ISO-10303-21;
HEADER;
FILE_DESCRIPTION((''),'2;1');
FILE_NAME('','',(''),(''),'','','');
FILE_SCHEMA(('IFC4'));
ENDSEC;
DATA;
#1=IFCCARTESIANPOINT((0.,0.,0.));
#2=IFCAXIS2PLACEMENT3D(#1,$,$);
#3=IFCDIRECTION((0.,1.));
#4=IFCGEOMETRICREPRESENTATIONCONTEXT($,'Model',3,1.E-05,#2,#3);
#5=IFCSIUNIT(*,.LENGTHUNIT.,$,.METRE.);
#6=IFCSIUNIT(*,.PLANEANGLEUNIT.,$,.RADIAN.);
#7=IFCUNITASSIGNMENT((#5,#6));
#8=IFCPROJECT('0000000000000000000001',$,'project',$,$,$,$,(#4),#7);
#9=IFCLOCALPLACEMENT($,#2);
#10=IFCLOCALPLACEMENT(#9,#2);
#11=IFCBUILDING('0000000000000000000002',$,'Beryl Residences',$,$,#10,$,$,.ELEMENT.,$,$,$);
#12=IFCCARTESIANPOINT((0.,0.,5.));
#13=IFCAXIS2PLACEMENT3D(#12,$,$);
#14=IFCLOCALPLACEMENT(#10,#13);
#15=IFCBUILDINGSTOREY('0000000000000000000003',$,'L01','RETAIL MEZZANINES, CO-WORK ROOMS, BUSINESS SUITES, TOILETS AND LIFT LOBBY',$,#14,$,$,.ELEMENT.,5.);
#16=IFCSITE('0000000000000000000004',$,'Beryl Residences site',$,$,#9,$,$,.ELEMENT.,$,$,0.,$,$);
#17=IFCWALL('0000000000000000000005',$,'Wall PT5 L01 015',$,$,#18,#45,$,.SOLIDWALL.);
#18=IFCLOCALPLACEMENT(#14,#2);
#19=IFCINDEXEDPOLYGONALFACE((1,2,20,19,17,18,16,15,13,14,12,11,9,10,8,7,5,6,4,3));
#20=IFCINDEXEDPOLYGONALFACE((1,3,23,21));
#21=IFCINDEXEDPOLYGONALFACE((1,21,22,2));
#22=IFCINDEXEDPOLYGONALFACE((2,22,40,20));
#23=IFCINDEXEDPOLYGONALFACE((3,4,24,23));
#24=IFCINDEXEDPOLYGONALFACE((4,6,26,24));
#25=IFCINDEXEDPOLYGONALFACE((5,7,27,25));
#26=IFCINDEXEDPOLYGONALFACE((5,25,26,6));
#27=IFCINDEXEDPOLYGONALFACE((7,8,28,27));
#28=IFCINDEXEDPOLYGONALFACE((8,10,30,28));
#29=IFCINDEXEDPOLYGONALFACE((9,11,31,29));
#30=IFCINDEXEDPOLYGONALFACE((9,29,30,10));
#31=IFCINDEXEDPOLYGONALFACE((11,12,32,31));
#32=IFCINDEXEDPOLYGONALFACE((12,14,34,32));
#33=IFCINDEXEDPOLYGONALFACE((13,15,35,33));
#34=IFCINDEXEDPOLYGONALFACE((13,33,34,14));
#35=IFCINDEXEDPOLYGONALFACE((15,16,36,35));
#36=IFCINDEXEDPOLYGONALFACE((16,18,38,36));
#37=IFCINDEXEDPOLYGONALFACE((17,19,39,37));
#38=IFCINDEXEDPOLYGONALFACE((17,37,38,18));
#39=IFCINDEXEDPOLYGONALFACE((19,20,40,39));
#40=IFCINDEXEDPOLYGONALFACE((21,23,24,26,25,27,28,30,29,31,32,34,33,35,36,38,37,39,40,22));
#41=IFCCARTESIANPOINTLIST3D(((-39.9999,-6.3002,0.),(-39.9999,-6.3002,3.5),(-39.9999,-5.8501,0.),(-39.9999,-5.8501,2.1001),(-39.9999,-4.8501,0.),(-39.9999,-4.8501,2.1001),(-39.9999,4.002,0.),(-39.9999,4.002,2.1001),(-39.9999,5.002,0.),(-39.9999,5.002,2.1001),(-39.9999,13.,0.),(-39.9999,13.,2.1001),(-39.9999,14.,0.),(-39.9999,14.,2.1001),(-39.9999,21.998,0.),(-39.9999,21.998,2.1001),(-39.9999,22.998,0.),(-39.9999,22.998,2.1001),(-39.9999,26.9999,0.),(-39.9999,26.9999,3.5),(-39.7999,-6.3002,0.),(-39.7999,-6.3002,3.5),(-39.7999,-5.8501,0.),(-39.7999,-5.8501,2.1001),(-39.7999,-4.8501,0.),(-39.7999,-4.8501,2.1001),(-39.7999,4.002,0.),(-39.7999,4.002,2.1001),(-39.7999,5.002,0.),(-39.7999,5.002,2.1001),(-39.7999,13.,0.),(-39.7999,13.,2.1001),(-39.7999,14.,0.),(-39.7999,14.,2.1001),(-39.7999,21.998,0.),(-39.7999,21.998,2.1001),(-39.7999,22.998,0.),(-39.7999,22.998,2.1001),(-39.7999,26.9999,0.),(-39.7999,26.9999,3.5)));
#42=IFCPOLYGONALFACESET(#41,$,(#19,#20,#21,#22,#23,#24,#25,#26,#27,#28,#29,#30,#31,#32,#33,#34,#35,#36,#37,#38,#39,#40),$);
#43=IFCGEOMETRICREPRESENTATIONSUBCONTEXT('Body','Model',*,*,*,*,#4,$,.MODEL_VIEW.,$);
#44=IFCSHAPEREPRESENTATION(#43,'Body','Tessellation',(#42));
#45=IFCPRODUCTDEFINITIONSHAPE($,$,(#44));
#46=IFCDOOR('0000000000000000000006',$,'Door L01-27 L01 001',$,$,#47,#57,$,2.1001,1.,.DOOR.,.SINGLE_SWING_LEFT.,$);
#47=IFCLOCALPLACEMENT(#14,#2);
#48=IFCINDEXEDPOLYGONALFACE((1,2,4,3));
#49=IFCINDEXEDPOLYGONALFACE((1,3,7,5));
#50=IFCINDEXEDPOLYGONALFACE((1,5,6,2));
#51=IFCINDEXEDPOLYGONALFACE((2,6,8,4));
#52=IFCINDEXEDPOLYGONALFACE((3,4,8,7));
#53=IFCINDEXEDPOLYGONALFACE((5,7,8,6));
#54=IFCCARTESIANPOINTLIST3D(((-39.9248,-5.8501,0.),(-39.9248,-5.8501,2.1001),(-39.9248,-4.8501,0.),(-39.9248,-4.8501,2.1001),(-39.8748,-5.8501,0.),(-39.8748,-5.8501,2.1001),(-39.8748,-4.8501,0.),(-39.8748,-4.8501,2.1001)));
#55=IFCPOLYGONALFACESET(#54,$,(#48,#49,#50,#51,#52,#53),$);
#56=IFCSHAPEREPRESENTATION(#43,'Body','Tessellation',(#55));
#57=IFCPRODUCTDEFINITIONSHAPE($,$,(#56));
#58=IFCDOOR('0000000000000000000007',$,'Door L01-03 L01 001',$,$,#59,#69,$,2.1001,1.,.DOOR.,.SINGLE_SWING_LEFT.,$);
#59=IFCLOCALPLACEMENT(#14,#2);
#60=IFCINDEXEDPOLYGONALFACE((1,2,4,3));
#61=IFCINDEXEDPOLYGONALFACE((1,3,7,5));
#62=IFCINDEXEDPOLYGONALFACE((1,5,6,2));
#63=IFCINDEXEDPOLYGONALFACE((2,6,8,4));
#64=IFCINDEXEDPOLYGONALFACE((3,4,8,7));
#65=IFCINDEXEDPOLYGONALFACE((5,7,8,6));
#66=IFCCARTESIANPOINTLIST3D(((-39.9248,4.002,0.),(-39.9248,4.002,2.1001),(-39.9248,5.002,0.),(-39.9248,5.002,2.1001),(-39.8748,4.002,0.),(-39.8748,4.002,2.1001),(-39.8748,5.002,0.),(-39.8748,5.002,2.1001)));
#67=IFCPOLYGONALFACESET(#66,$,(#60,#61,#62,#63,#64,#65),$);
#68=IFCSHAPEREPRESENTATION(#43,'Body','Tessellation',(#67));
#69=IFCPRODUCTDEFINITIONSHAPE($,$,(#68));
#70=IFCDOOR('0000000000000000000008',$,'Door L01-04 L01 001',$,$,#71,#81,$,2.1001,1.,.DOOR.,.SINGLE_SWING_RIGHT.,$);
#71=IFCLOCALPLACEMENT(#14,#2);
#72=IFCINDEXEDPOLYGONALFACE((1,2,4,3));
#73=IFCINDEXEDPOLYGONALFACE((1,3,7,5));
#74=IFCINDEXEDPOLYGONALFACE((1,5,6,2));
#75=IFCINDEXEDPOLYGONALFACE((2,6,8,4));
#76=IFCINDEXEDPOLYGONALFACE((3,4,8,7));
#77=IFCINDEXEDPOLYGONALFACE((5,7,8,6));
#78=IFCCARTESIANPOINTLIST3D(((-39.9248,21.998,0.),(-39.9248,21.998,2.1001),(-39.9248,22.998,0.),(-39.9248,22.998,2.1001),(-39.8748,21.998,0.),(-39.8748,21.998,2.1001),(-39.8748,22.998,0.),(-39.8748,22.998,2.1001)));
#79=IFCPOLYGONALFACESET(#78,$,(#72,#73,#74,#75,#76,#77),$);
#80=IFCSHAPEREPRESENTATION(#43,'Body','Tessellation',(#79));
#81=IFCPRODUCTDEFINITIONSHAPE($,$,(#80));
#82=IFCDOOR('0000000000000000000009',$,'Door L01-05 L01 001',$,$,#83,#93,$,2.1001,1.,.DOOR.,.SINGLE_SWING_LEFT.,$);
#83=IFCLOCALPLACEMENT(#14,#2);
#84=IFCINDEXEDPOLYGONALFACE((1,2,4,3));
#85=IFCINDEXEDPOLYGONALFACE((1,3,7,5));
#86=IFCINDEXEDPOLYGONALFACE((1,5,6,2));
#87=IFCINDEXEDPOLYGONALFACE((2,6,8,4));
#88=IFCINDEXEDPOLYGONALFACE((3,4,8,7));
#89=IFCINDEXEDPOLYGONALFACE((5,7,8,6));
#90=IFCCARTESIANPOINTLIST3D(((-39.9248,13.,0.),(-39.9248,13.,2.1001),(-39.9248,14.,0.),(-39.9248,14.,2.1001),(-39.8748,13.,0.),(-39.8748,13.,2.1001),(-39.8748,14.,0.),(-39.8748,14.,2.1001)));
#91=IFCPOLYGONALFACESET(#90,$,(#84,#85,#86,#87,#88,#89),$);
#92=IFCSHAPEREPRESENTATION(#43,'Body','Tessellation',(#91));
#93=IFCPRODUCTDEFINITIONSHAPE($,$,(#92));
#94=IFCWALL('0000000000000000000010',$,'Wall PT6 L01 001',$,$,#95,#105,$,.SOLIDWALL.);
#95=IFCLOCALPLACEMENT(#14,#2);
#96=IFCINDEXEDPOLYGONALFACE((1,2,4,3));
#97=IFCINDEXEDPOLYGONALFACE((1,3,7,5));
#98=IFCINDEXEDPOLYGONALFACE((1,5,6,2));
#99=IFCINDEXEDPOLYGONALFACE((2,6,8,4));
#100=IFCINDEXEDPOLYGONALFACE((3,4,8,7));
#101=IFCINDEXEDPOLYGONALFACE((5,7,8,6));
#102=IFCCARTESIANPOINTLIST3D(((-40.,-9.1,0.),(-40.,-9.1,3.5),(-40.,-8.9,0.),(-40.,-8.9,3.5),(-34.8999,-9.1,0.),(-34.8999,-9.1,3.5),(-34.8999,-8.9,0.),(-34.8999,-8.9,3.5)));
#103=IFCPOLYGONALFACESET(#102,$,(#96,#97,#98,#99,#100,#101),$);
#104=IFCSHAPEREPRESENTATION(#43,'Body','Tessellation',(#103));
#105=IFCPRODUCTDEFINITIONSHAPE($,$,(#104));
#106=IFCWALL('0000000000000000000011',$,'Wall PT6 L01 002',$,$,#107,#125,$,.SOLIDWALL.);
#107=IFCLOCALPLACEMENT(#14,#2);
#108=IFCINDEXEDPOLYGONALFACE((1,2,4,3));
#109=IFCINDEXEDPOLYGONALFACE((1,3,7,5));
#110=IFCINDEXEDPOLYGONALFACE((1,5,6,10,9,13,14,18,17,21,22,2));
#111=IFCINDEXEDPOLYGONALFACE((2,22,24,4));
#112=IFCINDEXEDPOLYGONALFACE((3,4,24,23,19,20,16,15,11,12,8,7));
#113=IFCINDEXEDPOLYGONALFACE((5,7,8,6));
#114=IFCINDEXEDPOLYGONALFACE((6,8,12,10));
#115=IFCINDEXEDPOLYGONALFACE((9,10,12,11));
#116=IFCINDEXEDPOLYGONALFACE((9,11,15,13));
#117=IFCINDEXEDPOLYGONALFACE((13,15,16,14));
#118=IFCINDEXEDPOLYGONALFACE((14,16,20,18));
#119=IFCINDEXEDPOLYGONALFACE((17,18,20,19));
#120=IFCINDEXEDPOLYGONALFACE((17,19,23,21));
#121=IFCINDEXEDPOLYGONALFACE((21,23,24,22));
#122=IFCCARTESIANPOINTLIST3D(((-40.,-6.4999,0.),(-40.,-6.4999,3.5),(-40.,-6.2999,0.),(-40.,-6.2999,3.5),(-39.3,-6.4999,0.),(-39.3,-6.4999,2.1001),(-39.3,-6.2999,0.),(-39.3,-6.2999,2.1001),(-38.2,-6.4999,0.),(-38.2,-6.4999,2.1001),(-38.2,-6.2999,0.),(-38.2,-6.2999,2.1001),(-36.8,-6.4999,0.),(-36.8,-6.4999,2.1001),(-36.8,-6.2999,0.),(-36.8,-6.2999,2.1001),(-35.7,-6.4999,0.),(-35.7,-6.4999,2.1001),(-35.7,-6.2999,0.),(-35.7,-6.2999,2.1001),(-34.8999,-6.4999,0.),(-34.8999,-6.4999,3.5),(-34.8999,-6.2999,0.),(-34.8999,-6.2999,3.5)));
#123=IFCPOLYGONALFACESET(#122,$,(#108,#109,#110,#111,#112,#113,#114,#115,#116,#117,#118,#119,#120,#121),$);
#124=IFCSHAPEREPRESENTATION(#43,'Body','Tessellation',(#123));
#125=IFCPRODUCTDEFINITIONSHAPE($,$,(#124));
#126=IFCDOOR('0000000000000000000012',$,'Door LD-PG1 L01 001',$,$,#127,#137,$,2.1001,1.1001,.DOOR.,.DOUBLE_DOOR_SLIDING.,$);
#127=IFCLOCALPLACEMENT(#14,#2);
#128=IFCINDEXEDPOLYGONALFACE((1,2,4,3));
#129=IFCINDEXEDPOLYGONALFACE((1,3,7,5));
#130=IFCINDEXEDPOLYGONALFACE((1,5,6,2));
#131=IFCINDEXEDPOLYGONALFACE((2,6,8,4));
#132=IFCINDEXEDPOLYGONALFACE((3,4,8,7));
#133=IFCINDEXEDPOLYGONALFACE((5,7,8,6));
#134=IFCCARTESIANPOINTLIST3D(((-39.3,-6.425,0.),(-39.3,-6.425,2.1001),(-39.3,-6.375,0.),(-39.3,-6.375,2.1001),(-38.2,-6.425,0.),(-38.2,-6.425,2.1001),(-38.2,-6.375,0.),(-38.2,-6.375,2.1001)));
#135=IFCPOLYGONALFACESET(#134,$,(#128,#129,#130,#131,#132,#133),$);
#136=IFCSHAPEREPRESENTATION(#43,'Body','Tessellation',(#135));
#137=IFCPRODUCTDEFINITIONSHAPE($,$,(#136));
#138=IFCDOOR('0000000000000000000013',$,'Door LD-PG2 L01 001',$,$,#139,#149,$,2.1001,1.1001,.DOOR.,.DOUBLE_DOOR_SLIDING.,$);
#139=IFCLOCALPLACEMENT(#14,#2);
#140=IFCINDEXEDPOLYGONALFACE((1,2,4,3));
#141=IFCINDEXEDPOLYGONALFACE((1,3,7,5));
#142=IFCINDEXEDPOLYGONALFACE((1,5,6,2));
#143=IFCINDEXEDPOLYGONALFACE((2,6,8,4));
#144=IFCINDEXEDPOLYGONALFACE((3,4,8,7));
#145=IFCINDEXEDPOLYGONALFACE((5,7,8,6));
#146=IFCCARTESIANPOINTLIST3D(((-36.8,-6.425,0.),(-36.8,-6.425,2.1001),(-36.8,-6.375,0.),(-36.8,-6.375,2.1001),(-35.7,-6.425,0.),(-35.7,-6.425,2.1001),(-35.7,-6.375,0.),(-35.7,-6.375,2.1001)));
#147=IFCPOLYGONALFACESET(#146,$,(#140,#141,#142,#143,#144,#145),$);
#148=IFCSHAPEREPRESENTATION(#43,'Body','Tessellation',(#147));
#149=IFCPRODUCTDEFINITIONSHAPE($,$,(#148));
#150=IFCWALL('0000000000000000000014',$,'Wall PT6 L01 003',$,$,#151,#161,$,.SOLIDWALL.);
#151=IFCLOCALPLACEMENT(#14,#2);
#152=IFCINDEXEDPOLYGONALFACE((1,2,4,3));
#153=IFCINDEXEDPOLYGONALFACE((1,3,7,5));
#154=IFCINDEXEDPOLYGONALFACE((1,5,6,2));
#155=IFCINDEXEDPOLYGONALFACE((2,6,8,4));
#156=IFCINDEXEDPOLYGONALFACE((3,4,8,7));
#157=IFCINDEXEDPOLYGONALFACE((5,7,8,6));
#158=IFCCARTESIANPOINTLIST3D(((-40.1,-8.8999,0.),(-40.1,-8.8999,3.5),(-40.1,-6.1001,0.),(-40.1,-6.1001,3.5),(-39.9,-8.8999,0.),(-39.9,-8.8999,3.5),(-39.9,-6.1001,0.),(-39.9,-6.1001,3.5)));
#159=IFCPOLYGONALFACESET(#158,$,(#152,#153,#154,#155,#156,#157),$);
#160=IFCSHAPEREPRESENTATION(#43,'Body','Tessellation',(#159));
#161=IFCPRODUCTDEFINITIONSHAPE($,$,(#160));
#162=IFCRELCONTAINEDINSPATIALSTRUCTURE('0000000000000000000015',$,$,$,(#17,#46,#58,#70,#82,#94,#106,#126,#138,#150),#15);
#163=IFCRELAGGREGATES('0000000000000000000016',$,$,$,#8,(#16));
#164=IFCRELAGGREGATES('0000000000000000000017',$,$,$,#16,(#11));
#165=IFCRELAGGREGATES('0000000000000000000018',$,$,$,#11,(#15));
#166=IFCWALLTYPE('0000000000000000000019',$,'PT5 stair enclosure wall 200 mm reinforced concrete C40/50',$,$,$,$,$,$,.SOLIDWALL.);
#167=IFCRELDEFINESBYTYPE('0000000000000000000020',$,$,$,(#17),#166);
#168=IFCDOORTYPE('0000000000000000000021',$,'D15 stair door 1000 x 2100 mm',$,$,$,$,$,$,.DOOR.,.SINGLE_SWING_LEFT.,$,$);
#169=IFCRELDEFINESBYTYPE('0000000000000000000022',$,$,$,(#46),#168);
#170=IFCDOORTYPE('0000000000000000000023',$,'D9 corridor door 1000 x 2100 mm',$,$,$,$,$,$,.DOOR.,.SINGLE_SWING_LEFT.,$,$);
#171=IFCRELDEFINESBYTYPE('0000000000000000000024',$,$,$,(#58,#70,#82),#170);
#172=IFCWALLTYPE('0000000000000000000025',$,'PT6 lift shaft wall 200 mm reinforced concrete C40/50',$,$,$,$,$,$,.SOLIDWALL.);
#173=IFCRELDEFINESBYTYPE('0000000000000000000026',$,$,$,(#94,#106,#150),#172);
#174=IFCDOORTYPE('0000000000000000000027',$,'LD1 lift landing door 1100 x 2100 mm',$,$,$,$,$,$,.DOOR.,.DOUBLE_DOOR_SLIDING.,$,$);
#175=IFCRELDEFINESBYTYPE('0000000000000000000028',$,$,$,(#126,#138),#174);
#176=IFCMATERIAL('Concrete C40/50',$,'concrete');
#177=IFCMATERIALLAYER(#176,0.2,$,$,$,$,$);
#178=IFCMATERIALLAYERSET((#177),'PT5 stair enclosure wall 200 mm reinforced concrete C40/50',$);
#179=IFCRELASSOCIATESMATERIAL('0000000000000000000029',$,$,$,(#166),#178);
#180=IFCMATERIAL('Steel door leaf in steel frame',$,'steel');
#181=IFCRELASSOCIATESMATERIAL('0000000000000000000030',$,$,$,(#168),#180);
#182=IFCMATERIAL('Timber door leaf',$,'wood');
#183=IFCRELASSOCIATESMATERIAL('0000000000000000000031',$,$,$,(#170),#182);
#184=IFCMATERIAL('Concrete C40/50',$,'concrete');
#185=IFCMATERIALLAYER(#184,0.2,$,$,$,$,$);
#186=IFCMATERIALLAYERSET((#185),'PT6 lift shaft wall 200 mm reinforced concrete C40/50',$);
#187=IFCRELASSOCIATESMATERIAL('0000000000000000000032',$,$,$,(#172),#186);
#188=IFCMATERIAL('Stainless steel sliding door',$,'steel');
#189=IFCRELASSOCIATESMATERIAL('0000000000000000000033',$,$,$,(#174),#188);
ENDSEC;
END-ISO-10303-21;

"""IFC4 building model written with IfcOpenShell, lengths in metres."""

from ifc_helpers import new_model, si_unit, direction, frame, frame_2d, origin, place, context, subcontext, project, spatial, rectangle, extrude, material, layer, layer_set, type_object, element, fill, save


model = new_model("IFC4")

# Units and contexts
model_context = context("Model", 3, precision=1e-05, world=origin(), true_north=direction((0.0, 1.0)))
body_context = subcontext(model_context, "Body", "Model", "MODEL_VIEW")
ifc_project = project(units=[si_unit("LENGTHUNIT", "METRE"), si_unit("PLANEANGLEUNIT", "RADIAN")], contexts=[model_context])

# Site, building, storey
site_placement = place(None, origin())
site = spatial("IfcSite", under=ifc_project, at=site_placement, Name="Beryl Residences site", CompositionType="ELEMENT", RefElevation=0.0)
building_placement = place(site_placement, origin())
building = spatial("IfcBuilding", under=site, at=building_placement, Name="Beryl Residences", CompositionType="ELEMENT")
storey_placement = place(building_placement, frame((0.0, 0.0, 5.0)))
storey = spatial("IfcBuildingStorey", under=building, at=storey_placement, Name="L01", Description="RETAIL MEZZANINES, CO-WORK ROOMS, BUSINESS SUITES, TOILETS AND LIFT LOBBY", CompositionType="ELEMENT", Elevation=5.0)

# Shared definitions
ifc_material_1 = material(Name="Concrete C40/50", Category="concrete")
ifc_layer_1 = layer(ifc_material_1, 0.2)
ifc_layer_set_1 = layer_set([ifc_layer_1], Name="PT5 stair enclosure wall 200 mm reinforced concrete C40/50")
wall_type_1 = type_object("IfcWallType", Name="PT5 stair enclosure wall 200 mm reinforced concrete C40/50", PredefinedType="SOLIDWALL", material=ifc_layer_set_1)

# Wall, openings, doors
wall_1_placement = place(storey_placement, frame((-39.8999, -6.3, 0.0), z_axis=(0.0, 0.0, 1.0), x_axis=(0.0, 1.0, 0.0)))
wall_1 = element("IfcWall", 1, at=wall_1_placement, inside=storey, type_object=wall_type_1, Name="Wall PT5 L01 015", PredefinedType="SOLIDWALL", context=body_context, shape_type="SweptSolid", body=[
    extrude(rectangle(XDim=33.3, YDim=0.2, at=frame_2d((16.6499, 0.0))), origin(), (0.0, 0.0, 1.0), 3.5),
])
opening_1_placement = place(wall_1_placement, frame((10.302, 0.0, 0.0)))
opening_1 = element("IfcOpeningElement", 2, at=opening_1_placement, cuts=wall_1, PredefinedType="OPENING", context=body_context, shape_type="SweptSolid", body=[
    extrude(rectangle(XDim=1.0, YDim=2.1001, at=frame_2d((0.5, 1.05))), frame((0.0, 0.1099, 0.0), z_axis=(0.0, -1.0, 0.0), x_axis=(1.0, 0.0, 0.0)), (0.0, 0.0, 1.0), 0.22),
])
opening_2_placement = place(wall_1_placement, frame((28.2981, 0.0, 0.0)))
opening_2 = element("IfcOpeningElement", 3, at=opening_2_placement, cuts=wall_1, PredefinedType="OPENING", context=body_context, shape_type="SweptSolid", body=[
    extrude(rectangle(XDim=1.0, YDim=2.1001, at=frame_2d((0.5, 1.05))), frame((0.0, 0.1099, 0.0), z_axis=(0.0, -1.0, 0.0), x_axis=(1.0, 0.0, 0.0)), (0.0, 0.0, 1.0), 0.22),
])
opening_3_placement = place(wall_1_placement, frame((19.3, 0.0, 0.0)))
opening_3 = element("IfcOpeningElement", 4, at=opening_3_placement, cuts=wall_1, PredefinedType="OPENING", context=body_context, shape_type="SweptSolid", body=[
    extrude(rectangle(XDim=1.0, YDim=2.1001, at=frame_2d((0.5, 1.05))), frame((0.0, 0.1099, 0.0), z_axis=(0.0, -1.0, 0.0), x_axis=(1.0, 0.0, 0.0)), (0.0, 0.0, 1.0), 0.22),
])
opening_4_placement = place(wall_1_placement, frame((0.45, 0.0, 0.0)))
opening_4 = element("IfcOpeningElement", 5, at=opening_4_placement, cuts=wall_1, PredefinedType="OPENING", context=body_context, shape_type="SweptSolid", body=[
    extrude(rectangle(XDim=1.0, YDim=2.1001, at=frame_2d((0.5, 1.05))), frame((0.0, 0.1099, 0.0), z_axis=(0.0, -1.0, 0.0), x_axis=(1.0, 0.0, 0.0)), (0.0, 0.0, 1.0), 0.22),
])
ifc_material_2 = material(Name="Steel door leaf in steel frame", Category="steel")
door_type_1 = type_object("IfcDoorType", Name="D15 stair door 1000 x 2100 mm", OperationType="SINGLE_SWING_LEFT", PredefinedType="DOOR", material=ifc_material_2)
door_1_placement = place(opening_4_placement, origin())
door_1 = element("IfcDoor", 6, at=door_1_placement, inside=storey, type_object=door_type_1, Name="Door L01-27 L01 001", OperationType="SINGLE_SWING_LEFT", OverallHeight=2.1001, OverallWidth=1.0, PredefinedType="DOOR", context=body_context, shape_type="SweptSolid", body=[
    extrude(rectangle(XDim=1.0, YDim=2.1001, at=frame_2d((0.5, 1.05))), frame((0.0, 0.0249, 0.0), z_axis=(0.0, -1.0, 0.0), x_axis=(1.0, 0.0, 0.0)), (0.0, 0.0, 1.0), 0.05),
])
fill(opening_4, door_1)
ifc_material_3 = material(Name="Timber door leaf", Category="wood")
door_type_2 = type_object("IfcDoorType", Name="D9 corridor door 1000 x 2100 mm", OperationType="SINGLE_SWING_LEFT", PredefinedType="DOOR", material=ifc_material_3)
door_2_placement = place(opening_1_placement, origin())
door_2 = element("IfcDoor", 7, at=door_2_placement, inside=storey, type_object=door_type_2, Name="Door L01-03 L01 001", OperationType="SINGLE_SWING_LEFT", OverallHeight=2.1001, OverallWidth=1.0, PredefinedType="DOOR", context=body_context, shape_type="SweptSolid", body=[
    extrude(rectangle(XDim=1.0, YDim=2.1001, at=frame_2d((0.5, 1.05))), frame((0.0, 0.0249, 0.0), z_axis=(0.0, -1.0, 0.0), x_axis=(1.0, 0.0, 0.0)), (0.0, 0.0, 1.0), 0.05),
])
fill(opening_1, door_2)
door_3_placement = place(opening_2_placement, origin())
door_3 = element("IfcDoor", 8, at=door_3_placement, inside=storey, type_object=door_type_2, Name="Door L01-04 L01 001", OperationType="SINGLE_SWING_RIGHT", OverallHeight=2.1001, OverallWidth=1.0, PredefinedType="DOOR", context=body_context, shape_type="SweptSolid", body=[
    extrude(rectangle(XDim=1.0, YDim=2.1001, at=frame_2d((0.5, 1.05))), frame((0.0, 0.0249, 0.0), z_axis=(0.0, -1.0, 0.0), x_axis=(1.0, 0.0, 0.0)), (0.0, 0.0, 1.0), 0.05),
])
fill(opening_2, door_3)
door_4_placement = place(opening_3_placement, origin())
door_4 = element("IfcDoor", 9, at=door_4_placement, inside=storey, type_object=door_type_2, Name="Door L01-05 L01 001", OperationType="SINGLE_SWING_LEFT", OverallHeight=2.1001, OverallWidth=1.0, PredefinedType="DOOR", context=body_context, shape_type="SweptSolid", body=[
    extrude(rectangle(XDim=1.0, YDim=2.1001, at=frame_2d((0.5, 1.05))), frame((0.0, 0.0249, 0.0), z_axis=(0.0, -1.0, 0.0), x_axis=(1.0, 0.0, 0.0)), (0.0, 0.0, 1.0), 0.05),
])
fill(opening_3, door_4)

# Wall
ifc_material_4 = material(Name="Concrete C40/50", Category="concrete")
ifc_layer_2 = layer(ifc_material_4, 0.2)
ifc_layer_set_2 = layer_set([ifc_layer_2], Name="PT6 lift shaft wall 200 mm reinforced concrete C40/50")
wall_type_2 = type_object("IfcWallType", Name="PT6 lift shaft wall 200 mm reinforced concrete C40/50", PredefinedType="SOLIDWALL", material=ifc_layer_set_2)
wall_2_placement = place(storey_placement, frame((-40.0, -9.0, 0.0), z_axis=(0.0, 0.0, 1.0), x_axis=(1.0, 0.0, 0.0)))
element("IfcWall", 10, at=wall_2_placement, inside=storey, type_object=wall_type_2, Name="Wall PT6 L01 001", PredefinedType="SOLIDWALL", context=body_context, shape_type="SweptSolid", body=[
    extrude(rectangle(XDim=5.1001, YDim=0.2, at=frame_2d((2.55, 0.0))), origin(), (0.0, 0.0, 1.0), 3.5),
])

# Wall, openings, doors
wall_3_placement = place(storey_placement, frame((-40.0, -6.3999, 0.0), z_axis=(0.0, 0.0, 1.0), x_axis=(1.0, 0.0, 0.0)))
wall_3 = element("IfcWall", 11, at=wall_3_placement, inside=storey, type_object=wall_type_2, Name="Wall PT6 L01 002", PredefinedType="SOLIDWALL", context=body_context, shape_type="SweptSolid", body=[
    extrude(rectangle(XDim=5.1001, YDim=0.2, at=frame_2d((2.55, 0.0))), origin(), (0.0, 0.0, 1.0), 3.5),
])
opening_5_placement = place(wall_3_placement, frame((0.7, 0.0, 0.0)))
opening_5 = element("IfcOpeningElement", 12, at=opening_5_placement, cuts=wall_3, PredefinedType="OPENING", context=body_context, shape_type="SweptSolid", body=[
    extrude(rectangle(XDim=1.1001, YDim=2.1001, at=frame_2d((0.55, 1.05))), frame((0.0, 0.1099, 0.0), z_axis=(0.0, -1.0, 0.0), x_axis=(1.0, 0.0, 0.0)), (0.0, 0.0, 1.0), 0.22),
])
opening_6_placement = place(wall_3_placement, frame((3.2, 0.0, 0.0)))
opening_6 = element("IfcOpeningElement", 13, at=opening_6_placement, cuts=wall_3, PredefinedType="OPENING", context=body_context, shape_type="SweptSolid", body=[
    extrude(rectangle(XDim=1.1001, YDim=2.1001, at=frame_2d((0.55, 1.05))), frame((0.0, 0.1099, 0.0), z_axis=(0.0, -1.0, 0.0), x_axis=(1.0, 0.0, 0.0)), (0.0, 0.0, 1.0), 0.22),
])
ifc_material_5 = material(Name="Stainless steel sliding door", Category="steel")
door_type_3 = type_object("IfcDoorType", Name="LD1 lift landing door 1100 x 2100 mm", OperationType="DOUBLE_DOOR_SLIDING", PredefinedType="DOOR", material=ifc_material_5)
door_5_placement = place(opening_5_placement, origin())
door_5 = element("IfcDoor", 14, at=door_5_placement, inside=storey, type_object=door_type_3, Name="Door LD-PG1 L01 001", OperationType="DOUBLE_DOOR_SLIDING", OverallHeight=2.1001, OverallWidth=1.1001, PredefinedType="DOOR", context=body_context, shape_type="SweptSolid", body=[
    extrude(rectangle(XDim=1.1001, YDim=2.1001, at=frame_2d((0.55, 1.05))), frame((0.0, 0.0249, 0.0), z_axis=(0.0, -1.0, 0.0), x_axis=(1.0, 0.0, 0.0)), (0.0, 0.0, 1.0), 0.05),
])
fill(opening_5, door_5)
door_6_placement = place(opening_6_placement, origin())
door_6 = element("IfcDoor", 15, at=door_6_placement, inside=storey, type_object=door_type_3, Name="Door LD-PG2 L01 001", OperationType="DOUBLE_DOOR_SLIDING", OverallHeight=2.1001, OverallWidth=1.1001, PredefinedType="DOOR", context=body_context, shape_type="SweptSolid", body=[
    extrude(rectangle(XDim=1.1001, YDim=2.1001, at=frame_2d((0.55, 1.05))), frame((0.0, 0.0249, 0.0), z_axis=(0.0, -1.0, 0.0), x_axis=(1.0, 0.0, 0.0)), (0.0, 0.0, 1.0), 0.05),
])
fill(opening_6, door_6)

# Wall
wall_4_placement = place(storey_placement, frame((-40.0, -8.8999, 0.0), z_axis=(0.0, 0.0, 1.0), x_axis=(0.0, 1.0, 0.0)))
element("IfcWall", 16, at=wall_4_placement, inside=storey, type_object=wall_type_2, Name="Wall PT6 L01 003", PredefinedType="SOLIDWALL", context=body_context, shape_type="SweptSolid", body=[
    extrude(rectangle(XDim=2.7998, YDim=0.2, at=frame_2d((1.3999, 0.0))), origin(), (0.0, 0.0, 1.0), 3.5),
])

save(model, "model.ifc")
